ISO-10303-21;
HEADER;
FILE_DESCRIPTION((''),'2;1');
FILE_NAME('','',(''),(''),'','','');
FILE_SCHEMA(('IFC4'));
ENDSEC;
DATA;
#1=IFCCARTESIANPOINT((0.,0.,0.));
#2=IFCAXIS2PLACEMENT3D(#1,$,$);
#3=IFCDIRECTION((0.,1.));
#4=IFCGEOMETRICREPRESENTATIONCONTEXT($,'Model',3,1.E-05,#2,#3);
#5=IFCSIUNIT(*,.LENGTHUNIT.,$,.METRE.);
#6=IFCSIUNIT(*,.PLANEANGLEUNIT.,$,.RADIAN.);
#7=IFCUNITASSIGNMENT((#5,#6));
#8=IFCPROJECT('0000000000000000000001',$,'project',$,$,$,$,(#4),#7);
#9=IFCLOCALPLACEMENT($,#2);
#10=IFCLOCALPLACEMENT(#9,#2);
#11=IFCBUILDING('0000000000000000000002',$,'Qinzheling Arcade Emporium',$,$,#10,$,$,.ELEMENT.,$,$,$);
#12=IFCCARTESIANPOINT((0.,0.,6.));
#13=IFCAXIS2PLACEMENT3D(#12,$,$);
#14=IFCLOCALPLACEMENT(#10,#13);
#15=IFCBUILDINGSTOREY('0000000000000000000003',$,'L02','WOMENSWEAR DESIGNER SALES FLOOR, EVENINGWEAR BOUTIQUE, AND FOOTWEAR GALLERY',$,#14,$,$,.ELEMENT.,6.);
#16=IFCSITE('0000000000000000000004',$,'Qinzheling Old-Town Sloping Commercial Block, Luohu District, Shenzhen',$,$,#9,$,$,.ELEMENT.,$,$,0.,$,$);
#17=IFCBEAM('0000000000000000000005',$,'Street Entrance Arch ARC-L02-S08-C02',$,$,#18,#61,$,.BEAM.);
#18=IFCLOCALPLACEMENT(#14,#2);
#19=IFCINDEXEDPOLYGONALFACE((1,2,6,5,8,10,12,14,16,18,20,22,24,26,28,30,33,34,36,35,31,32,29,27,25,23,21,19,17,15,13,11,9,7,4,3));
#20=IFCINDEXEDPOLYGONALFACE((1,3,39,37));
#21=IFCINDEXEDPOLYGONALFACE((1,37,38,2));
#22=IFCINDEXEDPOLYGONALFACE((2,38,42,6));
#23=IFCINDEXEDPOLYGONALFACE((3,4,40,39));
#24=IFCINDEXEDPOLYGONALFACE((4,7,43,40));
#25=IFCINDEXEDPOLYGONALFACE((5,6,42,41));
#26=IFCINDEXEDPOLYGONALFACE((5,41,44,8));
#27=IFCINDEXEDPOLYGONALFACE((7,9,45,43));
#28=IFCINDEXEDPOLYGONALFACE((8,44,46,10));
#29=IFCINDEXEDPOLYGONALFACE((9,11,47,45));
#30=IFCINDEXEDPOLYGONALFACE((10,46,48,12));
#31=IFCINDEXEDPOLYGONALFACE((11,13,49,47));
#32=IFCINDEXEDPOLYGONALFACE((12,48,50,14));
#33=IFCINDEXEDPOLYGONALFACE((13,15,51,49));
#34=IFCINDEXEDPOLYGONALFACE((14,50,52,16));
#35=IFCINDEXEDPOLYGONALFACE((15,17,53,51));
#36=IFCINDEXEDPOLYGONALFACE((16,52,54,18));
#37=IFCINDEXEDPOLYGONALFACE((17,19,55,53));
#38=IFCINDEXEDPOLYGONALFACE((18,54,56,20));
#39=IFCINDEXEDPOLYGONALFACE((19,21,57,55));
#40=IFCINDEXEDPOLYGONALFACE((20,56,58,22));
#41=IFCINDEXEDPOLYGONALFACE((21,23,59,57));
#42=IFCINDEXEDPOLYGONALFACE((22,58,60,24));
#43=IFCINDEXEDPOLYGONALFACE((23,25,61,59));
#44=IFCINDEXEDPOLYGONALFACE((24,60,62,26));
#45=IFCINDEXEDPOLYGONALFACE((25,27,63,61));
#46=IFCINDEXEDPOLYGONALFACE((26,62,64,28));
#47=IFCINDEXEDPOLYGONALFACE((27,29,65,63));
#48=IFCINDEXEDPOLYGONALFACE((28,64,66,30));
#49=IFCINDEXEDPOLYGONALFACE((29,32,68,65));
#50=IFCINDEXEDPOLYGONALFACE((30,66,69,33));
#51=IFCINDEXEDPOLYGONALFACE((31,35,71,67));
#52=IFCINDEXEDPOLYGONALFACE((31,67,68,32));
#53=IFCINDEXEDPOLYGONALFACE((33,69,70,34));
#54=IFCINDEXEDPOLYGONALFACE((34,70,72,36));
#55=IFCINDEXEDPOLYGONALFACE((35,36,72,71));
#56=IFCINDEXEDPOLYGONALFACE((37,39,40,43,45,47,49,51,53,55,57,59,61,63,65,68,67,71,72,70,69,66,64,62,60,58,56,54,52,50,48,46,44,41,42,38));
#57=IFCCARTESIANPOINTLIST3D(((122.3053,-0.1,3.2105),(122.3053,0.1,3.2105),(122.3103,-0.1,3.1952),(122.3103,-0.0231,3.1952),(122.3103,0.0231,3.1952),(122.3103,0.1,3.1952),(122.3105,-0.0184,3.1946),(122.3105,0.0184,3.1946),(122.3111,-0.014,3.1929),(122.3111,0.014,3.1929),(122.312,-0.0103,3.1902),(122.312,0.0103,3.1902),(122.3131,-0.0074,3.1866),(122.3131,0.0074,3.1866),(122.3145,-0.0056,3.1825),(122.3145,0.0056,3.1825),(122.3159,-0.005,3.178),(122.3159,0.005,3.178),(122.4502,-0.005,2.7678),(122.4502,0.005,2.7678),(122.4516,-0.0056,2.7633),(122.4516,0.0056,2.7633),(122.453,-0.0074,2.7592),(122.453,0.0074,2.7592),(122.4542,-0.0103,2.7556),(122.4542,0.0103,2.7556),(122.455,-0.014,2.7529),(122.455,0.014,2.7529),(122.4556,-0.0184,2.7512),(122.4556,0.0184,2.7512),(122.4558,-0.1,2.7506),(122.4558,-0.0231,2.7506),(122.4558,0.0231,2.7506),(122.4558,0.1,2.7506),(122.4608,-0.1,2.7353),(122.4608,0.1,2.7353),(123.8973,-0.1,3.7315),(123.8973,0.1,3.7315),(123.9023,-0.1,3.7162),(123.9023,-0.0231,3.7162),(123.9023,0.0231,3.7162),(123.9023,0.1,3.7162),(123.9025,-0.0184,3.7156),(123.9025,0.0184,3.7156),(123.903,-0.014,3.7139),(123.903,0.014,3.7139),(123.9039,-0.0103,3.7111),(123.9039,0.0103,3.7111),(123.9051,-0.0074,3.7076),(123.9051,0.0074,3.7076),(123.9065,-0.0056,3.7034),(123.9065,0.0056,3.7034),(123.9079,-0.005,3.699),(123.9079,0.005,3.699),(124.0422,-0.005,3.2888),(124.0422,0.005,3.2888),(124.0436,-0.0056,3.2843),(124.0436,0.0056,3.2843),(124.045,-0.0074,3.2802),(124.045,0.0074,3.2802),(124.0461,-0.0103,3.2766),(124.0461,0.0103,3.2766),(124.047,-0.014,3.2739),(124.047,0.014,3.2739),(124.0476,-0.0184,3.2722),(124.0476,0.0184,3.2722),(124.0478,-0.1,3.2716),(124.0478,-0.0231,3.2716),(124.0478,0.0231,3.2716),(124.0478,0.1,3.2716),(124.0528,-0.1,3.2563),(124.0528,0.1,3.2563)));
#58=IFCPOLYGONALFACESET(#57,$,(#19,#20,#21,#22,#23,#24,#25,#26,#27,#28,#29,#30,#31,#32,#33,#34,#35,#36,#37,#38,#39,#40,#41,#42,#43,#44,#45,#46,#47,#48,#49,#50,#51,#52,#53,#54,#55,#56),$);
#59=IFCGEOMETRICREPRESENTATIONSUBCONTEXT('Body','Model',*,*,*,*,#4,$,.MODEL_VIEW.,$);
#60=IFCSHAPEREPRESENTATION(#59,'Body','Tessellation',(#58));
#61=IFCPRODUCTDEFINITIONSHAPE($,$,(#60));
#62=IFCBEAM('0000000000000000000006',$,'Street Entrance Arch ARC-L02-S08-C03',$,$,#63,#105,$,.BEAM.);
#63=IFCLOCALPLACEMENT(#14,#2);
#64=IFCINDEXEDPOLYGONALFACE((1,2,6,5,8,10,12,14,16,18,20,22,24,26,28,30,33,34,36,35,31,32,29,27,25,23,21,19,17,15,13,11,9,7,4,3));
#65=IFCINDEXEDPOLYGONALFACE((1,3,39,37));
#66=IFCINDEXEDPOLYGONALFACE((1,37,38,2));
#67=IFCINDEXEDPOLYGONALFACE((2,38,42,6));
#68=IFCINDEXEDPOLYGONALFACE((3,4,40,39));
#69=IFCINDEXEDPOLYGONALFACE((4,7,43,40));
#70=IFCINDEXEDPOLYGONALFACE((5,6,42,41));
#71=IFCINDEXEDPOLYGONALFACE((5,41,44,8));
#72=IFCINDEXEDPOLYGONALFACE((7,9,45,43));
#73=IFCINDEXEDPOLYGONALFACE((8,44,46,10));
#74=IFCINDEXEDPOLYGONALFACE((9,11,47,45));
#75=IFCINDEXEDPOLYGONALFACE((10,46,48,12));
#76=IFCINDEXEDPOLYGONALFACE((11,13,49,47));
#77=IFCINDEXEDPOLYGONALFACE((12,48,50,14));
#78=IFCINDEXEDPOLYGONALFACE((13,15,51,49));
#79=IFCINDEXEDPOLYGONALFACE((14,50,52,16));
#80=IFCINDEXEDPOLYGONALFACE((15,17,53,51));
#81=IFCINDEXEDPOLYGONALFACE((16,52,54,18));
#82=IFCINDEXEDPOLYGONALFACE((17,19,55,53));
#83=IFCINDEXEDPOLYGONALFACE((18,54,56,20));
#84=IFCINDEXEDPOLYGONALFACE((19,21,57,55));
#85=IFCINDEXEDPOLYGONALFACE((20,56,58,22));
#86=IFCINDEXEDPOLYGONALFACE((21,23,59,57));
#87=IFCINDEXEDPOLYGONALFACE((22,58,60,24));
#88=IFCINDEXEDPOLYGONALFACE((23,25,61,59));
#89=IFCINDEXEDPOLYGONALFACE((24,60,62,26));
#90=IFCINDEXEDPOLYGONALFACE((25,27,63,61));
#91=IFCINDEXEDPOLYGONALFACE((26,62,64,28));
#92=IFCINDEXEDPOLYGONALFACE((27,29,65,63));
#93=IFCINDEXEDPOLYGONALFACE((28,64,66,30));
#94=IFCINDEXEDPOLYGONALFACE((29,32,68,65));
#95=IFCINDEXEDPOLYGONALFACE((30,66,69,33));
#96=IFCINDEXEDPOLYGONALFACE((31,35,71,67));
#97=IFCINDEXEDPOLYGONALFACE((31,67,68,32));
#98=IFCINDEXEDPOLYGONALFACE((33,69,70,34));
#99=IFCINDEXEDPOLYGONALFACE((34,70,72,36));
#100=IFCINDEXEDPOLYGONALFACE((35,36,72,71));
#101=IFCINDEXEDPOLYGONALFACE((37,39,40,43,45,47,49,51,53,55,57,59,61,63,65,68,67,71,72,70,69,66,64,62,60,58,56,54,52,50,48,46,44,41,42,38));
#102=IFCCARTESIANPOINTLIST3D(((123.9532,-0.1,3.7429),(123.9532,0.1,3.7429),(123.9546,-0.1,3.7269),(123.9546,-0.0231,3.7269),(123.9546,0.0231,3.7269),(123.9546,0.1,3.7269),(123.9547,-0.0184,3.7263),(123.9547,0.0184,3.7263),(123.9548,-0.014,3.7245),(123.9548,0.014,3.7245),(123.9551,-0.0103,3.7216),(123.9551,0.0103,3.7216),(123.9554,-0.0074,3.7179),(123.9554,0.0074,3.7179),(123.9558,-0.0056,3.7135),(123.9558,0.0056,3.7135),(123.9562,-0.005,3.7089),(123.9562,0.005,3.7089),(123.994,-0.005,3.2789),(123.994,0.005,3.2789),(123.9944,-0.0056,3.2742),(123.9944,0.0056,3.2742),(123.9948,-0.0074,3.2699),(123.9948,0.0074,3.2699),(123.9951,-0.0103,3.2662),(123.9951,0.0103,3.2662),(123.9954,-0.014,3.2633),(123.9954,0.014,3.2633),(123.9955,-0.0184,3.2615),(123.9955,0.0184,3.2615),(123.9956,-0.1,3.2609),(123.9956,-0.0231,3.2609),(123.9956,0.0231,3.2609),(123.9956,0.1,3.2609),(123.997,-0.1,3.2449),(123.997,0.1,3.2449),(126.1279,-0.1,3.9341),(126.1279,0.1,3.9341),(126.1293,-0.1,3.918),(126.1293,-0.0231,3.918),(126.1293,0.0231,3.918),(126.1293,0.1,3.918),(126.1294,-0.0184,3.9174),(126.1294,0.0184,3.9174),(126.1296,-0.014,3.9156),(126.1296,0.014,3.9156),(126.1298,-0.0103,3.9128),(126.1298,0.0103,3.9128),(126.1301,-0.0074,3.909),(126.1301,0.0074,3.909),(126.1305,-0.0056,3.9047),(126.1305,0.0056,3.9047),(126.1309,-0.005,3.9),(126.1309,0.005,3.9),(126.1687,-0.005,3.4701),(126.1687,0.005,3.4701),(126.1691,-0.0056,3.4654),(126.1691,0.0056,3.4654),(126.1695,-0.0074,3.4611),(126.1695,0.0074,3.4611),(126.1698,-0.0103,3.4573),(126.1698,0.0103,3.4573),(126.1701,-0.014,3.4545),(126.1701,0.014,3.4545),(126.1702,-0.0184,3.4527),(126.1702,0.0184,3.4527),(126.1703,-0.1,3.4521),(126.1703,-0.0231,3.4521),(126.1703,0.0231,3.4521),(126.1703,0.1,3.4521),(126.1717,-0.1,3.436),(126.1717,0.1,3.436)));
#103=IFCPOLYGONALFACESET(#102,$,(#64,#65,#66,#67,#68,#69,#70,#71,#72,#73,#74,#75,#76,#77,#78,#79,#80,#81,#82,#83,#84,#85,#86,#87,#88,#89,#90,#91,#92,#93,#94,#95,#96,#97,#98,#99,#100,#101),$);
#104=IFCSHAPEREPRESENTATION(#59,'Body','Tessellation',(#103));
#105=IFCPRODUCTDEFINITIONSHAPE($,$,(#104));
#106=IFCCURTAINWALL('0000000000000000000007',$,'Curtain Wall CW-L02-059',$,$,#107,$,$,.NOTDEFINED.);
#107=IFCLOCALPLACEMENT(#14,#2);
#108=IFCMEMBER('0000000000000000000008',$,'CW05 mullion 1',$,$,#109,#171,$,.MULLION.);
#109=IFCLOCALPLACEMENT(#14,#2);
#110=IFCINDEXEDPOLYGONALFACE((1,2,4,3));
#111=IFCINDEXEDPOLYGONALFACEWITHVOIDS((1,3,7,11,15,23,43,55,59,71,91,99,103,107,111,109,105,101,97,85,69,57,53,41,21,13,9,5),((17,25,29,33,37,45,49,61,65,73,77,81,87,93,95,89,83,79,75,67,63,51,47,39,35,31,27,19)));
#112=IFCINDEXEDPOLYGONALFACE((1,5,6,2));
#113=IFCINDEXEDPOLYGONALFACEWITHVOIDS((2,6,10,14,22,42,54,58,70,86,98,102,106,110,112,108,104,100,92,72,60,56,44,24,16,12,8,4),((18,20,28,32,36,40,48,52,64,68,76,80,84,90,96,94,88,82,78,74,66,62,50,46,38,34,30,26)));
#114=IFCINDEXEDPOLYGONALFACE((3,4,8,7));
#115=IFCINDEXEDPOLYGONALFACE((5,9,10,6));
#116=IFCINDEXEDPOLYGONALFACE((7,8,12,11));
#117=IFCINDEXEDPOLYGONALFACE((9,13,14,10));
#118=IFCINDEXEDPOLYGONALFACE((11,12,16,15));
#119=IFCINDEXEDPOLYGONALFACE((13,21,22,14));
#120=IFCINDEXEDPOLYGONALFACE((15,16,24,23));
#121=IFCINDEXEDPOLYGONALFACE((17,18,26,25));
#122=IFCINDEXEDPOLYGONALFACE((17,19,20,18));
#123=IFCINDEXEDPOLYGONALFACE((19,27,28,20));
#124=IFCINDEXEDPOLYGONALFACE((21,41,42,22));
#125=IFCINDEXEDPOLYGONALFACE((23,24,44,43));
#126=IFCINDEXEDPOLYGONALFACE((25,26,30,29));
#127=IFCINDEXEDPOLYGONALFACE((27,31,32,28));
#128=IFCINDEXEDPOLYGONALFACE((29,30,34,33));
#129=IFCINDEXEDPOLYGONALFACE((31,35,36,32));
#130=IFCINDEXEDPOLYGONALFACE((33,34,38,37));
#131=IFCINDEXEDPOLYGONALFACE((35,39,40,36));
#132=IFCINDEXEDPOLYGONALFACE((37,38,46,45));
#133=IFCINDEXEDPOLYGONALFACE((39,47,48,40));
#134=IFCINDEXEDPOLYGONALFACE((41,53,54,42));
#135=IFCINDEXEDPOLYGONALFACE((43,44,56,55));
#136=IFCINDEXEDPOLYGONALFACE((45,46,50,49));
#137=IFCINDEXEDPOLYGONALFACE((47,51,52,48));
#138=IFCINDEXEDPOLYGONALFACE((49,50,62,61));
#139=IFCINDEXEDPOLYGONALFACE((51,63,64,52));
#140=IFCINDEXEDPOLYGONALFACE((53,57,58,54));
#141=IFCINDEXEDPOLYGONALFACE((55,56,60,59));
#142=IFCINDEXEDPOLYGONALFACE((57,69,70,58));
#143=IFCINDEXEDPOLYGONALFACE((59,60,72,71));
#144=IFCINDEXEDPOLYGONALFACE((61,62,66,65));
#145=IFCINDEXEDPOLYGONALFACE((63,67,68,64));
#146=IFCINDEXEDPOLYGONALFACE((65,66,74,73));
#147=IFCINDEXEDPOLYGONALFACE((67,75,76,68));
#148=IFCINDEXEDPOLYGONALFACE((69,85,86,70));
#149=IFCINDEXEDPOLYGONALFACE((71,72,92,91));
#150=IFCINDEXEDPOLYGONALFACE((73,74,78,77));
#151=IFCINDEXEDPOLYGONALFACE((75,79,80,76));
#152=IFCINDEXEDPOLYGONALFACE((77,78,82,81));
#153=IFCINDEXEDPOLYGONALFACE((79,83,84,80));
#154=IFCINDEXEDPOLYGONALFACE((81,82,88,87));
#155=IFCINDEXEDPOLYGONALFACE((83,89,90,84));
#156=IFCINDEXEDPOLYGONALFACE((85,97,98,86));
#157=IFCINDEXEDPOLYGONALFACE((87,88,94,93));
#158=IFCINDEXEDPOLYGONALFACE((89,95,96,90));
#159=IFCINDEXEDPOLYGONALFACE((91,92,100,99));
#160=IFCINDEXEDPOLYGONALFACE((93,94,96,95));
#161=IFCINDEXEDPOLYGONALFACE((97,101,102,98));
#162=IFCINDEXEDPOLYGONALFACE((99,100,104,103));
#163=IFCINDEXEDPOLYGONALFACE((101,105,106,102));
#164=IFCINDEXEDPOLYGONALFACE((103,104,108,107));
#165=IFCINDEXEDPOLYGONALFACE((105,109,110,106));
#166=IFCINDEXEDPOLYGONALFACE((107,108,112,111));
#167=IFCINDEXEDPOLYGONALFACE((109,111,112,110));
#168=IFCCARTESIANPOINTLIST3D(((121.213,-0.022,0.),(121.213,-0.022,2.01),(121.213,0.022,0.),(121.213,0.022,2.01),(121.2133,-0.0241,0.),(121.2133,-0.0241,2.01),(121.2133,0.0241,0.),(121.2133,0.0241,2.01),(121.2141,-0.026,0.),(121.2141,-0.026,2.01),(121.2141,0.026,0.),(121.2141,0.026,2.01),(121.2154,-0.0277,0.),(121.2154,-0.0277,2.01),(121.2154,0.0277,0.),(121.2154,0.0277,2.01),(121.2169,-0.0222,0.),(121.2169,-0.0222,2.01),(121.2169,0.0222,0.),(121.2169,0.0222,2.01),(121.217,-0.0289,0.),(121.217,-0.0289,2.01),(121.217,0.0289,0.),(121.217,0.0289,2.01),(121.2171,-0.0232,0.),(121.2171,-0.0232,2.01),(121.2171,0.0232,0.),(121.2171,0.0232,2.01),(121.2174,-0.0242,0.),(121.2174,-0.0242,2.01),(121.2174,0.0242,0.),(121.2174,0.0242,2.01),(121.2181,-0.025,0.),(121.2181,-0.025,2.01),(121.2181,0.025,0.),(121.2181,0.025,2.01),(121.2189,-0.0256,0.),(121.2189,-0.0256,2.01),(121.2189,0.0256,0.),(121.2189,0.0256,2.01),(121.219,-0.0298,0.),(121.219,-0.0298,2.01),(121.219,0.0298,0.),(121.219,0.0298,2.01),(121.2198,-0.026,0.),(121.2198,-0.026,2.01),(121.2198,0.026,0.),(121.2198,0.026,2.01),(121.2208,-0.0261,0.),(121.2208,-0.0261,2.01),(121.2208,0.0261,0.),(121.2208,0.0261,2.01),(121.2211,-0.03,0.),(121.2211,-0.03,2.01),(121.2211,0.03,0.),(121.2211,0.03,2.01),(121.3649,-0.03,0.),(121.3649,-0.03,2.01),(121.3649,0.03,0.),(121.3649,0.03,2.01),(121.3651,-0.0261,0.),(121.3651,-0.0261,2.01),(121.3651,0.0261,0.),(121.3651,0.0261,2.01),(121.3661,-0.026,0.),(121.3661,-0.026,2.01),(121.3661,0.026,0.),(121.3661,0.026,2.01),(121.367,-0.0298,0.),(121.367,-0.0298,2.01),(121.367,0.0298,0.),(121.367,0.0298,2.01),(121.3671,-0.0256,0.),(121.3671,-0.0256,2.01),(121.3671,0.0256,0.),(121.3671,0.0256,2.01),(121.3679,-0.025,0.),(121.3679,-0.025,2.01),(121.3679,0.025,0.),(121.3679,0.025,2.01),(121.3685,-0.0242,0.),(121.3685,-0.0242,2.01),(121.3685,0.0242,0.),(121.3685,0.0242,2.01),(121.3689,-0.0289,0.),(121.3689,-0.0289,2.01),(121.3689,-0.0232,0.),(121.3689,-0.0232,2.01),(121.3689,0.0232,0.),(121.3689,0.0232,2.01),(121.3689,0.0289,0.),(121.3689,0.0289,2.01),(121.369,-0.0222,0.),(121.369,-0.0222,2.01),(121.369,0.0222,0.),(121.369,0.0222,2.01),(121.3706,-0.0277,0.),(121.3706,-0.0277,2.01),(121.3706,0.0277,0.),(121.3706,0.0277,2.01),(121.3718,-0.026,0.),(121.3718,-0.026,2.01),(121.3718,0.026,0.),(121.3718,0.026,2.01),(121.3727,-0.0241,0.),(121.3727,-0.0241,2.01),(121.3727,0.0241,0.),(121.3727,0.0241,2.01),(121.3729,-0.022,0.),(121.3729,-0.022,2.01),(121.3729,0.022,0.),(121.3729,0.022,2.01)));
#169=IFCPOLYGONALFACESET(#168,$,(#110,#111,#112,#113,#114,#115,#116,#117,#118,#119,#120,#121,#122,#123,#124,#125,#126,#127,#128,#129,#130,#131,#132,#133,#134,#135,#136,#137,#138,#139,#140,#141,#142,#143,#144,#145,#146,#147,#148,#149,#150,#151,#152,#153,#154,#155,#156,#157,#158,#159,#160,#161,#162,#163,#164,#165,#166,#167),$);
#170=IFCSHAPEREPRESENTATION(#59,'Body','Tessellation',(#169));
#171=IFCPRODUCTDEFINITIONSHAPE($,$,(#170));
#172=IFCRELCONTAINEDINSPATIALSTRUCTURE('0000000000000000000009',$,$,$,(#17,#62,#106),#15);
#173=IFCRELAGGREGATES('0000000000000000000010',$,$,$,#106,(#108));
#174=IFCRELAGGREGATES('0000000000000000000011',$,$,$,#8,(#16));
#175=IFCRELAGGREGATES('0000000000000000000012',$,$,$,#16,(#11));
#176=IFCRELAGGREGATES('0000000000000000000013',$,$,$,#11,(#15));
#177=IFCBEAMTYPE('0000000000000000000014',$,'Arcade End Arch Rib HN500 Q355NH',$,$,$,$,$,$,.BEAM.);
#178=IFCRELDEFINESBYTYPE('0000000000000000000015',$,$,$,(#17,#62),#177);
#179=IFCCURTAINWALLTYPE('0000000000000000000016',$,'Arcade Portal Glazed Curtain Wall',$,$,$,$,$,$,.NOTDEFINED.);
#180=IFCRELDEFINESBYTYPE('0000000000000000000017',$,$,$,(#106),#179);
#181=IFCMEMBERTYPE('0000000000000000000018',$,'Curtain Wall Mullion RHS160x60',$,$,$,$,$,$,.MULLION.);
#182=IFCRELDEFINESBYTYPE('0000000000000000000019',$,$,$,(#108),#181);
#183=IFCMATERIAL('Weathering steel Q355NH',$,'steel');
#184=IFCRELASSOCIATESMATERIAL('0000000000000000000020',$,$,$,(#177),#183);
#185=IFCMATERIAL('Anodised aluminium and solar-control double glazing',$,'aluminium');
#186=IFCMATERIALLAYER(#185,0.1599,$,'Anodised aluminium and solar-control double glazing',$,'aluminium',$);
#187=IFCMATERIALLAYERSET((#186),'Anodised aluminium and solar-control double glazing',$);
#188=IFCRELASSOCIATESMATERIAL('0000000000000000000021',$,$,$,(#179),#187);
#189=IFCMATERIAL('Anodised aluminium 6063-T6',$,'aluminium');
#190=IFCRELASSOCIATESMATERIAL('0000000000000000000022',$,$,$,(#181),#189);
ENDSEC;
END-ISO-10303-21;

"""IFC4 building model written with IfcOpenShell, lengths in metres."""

from ifc_helpers import new_model, si_unit, direction, frame, origin, origin_2d, place, context, subcontext, project, spatial, hollow_rectangle, i_section, extrude, material, layer, layer_set, material_profile, profile_set, type_object, element, aggregate, save


model = new_model("IFC4")

# Units and contexts
model_context = context("Model", 3, precision=1e-05, world=origin(), true_north=direction((0.0, 1.0)))
body_context = subcontext(model_context, "Body", "Model", "MODEL_VIEW")
ifc_project = project(units=[si_unit("LENGTHUNIT", "METRE"), si_unit("PLANEANGLEUNIT", "RADIAN")], contexts=[model_context])

# Site, building, storey
site_placement = place(None, origin())
site = spatial("IfcSite", under=ifc_project, at=site_placement, Name="Qinzheling Old-Town Sloping Commercial Block, Luohu District, Shenzhen", CompositionType="ELEMENT", RefElevation=0.0)
building_placement = place(site_placement, origin())
building = spatial("IfcBuilding", under=site, at=building_placement, Name="Qinzheling Arcade Emporium", CompositionType="ELEMENT")
storey_placement = place(building_placement, frame((0.0, 0.0, 6.0)))
storey = spatial("IfcBuildingStorey", under=building, at=storey_placement, Name="L02", Description="WOMENSWEAR DESIGNER SALES FLOOR, EVENINGWEAR BOUTIQUE, AND FOOTWEAR GALLERY", CompositionType="ELEMENT", Elevation=6.0)

# Beams
ifc_material_1 = material(Name="Weathering steel Q355NH", Category="steel")
ifc_material_profile_1 = material_profile(ifc_material_1, i_section(OverallWidth=0.2, OverallDepth=0.5, WebThickness=0.01, FlangeThickness=0.0161, FilletRadius=0.0181, at=origin_2d()), Name="HN 500x200x10x16", Category="steel")
ifc_profile_set_1 = profile_set([ifc_material_profile_1], Name="Weathering steel Q355NH")
beam_type_1 = type_object("IfcBeamType", Name="Arcade End Arch Rib HN500 Q355NH", PredefinedType="BEAM", material=ifc_profile_set_1)
beam_1_placement = place(storey_placement, frame((122.3831, 0.0, 2.9729), z_axis=(0.950403, 0.0, 0.31102), x_axis=(0.0, 1.0, 0.0)))
element("IfcBeam", 1, at=beam_1_placement, inside=storey, type_object=beam_type_1, Name="Street Entrance Arch ARC-L02-S08-C02", PredefinedType="BEAM", context=body_context, shape_type="SweptSolid", body=[
    extrude(i_section(OverallWidth=0.2, OverallDepth=0.5, WebThickness=0.01, FlangeThickness=0.0161, FilletRadius=0.0181, at=origin_2d()), origin(), (0.0, 0.0, 1.0), 1.675),
])
beam_2_placement = place(storey_placement, frame((123.9751, 0.0, 3.4939), z_axis=(0.996159, 0.0, 0.087561), x_axis=(0.0, 1.0, 0.0)))
element("IfcBeam", 2, at=beam_2_placement, inside=storey, type_object=beam_type_1, Name="Street Entrance Arch ARC-L02-S08-C03", PredefinedType="BEAM", context=body_context, shape_type="SweptSolid", body=[
    extrude(i_section(OverallWidth=0.2, OverallDepth=0.5, WebThickness=0.01, FlangeThickness=0.0161, FilletRadius=0.0181, at=origin_2d()), origin(), (0.0, 0.0, 1.0), 2.1831),
])

# Curtain wall, member
ifc_material_2 = material(Name="Anodised aluminium and solar-control double glazing", Category="aluminium")
ifc_layer_1 = layer(ifc_material_2, 0.1599, Name="Anodised aluminium and solar-control double glazing", Category="aluminium")
ifc_layer_set_1 = layer_set([ifc_layer_1], Name="Anodised aluminium and solar-control double glazing")
curtain_wall_type = type_object("IfcCurtainWallType", Name="Arcade Portal Glazed Curtain Wall", PredefinedType="NOTDEFINED", material=ifc_layer_set_1)
curtain_wall_placement = place(storey_placement, origin())
curtain_wall = element("IfcCurtainWall", 3, at=curtain_wall_placement, inside=storey, type_object=curtain_wall_type, Name="Curtain Wall CW-L02-059", PredefinedType="NOTDEFINED")
ifc_material_3 = material(Name="Anodised aluminium 6063-T6", Category="aluminium")
ifc_material_profile_2 = material_profile(ifc_material_3, hollow_rectangle(XDim=0.0601, YDim=0.1599, WallThickness=0.0039, InnerFilletRadius=0.0039, OuterFilletRadius=0.0081, at=origin_2d()), Name="RHS 160x60x4", Category="aluminium")
ifc_profile_set_2 = profile_set([ifc_material_profile_2], Name="Anodised aluminium 6063-T6")
member_type_1 = type_object("IfcMemberType", Name="Curtain Wall Mullion RHS160x60", PredefinedType="MULLION", material=ifc_profile_set_2)
member_1_placement = place(storey_placement, frame((121.293, 0.0, 0.0), z_axis=(0.0, 0.0, 1.0), x_axis=(0.0, -1.0, 0.0)))
member_1 = element("IfcMember", 4, at=member_1_placement, type_object=member_type_1, Name="CW05 mullion 1", PredefinedType="MULLION", context=body_context, shape_type="SweptSolid", body=[
    extrude(hollow_rectangle(XDim=0.0601, YDim=0.1599, WallThickness=0.0039, InnerFilletRadius=0.0039, OuterFilletRadius=0.0081, at=origin_2d()), origin(), (0.0, 0.0, 1.0), 2.01),
])

aggregate(curtain_wall, [member_1])

save(model, "model.ifc")
